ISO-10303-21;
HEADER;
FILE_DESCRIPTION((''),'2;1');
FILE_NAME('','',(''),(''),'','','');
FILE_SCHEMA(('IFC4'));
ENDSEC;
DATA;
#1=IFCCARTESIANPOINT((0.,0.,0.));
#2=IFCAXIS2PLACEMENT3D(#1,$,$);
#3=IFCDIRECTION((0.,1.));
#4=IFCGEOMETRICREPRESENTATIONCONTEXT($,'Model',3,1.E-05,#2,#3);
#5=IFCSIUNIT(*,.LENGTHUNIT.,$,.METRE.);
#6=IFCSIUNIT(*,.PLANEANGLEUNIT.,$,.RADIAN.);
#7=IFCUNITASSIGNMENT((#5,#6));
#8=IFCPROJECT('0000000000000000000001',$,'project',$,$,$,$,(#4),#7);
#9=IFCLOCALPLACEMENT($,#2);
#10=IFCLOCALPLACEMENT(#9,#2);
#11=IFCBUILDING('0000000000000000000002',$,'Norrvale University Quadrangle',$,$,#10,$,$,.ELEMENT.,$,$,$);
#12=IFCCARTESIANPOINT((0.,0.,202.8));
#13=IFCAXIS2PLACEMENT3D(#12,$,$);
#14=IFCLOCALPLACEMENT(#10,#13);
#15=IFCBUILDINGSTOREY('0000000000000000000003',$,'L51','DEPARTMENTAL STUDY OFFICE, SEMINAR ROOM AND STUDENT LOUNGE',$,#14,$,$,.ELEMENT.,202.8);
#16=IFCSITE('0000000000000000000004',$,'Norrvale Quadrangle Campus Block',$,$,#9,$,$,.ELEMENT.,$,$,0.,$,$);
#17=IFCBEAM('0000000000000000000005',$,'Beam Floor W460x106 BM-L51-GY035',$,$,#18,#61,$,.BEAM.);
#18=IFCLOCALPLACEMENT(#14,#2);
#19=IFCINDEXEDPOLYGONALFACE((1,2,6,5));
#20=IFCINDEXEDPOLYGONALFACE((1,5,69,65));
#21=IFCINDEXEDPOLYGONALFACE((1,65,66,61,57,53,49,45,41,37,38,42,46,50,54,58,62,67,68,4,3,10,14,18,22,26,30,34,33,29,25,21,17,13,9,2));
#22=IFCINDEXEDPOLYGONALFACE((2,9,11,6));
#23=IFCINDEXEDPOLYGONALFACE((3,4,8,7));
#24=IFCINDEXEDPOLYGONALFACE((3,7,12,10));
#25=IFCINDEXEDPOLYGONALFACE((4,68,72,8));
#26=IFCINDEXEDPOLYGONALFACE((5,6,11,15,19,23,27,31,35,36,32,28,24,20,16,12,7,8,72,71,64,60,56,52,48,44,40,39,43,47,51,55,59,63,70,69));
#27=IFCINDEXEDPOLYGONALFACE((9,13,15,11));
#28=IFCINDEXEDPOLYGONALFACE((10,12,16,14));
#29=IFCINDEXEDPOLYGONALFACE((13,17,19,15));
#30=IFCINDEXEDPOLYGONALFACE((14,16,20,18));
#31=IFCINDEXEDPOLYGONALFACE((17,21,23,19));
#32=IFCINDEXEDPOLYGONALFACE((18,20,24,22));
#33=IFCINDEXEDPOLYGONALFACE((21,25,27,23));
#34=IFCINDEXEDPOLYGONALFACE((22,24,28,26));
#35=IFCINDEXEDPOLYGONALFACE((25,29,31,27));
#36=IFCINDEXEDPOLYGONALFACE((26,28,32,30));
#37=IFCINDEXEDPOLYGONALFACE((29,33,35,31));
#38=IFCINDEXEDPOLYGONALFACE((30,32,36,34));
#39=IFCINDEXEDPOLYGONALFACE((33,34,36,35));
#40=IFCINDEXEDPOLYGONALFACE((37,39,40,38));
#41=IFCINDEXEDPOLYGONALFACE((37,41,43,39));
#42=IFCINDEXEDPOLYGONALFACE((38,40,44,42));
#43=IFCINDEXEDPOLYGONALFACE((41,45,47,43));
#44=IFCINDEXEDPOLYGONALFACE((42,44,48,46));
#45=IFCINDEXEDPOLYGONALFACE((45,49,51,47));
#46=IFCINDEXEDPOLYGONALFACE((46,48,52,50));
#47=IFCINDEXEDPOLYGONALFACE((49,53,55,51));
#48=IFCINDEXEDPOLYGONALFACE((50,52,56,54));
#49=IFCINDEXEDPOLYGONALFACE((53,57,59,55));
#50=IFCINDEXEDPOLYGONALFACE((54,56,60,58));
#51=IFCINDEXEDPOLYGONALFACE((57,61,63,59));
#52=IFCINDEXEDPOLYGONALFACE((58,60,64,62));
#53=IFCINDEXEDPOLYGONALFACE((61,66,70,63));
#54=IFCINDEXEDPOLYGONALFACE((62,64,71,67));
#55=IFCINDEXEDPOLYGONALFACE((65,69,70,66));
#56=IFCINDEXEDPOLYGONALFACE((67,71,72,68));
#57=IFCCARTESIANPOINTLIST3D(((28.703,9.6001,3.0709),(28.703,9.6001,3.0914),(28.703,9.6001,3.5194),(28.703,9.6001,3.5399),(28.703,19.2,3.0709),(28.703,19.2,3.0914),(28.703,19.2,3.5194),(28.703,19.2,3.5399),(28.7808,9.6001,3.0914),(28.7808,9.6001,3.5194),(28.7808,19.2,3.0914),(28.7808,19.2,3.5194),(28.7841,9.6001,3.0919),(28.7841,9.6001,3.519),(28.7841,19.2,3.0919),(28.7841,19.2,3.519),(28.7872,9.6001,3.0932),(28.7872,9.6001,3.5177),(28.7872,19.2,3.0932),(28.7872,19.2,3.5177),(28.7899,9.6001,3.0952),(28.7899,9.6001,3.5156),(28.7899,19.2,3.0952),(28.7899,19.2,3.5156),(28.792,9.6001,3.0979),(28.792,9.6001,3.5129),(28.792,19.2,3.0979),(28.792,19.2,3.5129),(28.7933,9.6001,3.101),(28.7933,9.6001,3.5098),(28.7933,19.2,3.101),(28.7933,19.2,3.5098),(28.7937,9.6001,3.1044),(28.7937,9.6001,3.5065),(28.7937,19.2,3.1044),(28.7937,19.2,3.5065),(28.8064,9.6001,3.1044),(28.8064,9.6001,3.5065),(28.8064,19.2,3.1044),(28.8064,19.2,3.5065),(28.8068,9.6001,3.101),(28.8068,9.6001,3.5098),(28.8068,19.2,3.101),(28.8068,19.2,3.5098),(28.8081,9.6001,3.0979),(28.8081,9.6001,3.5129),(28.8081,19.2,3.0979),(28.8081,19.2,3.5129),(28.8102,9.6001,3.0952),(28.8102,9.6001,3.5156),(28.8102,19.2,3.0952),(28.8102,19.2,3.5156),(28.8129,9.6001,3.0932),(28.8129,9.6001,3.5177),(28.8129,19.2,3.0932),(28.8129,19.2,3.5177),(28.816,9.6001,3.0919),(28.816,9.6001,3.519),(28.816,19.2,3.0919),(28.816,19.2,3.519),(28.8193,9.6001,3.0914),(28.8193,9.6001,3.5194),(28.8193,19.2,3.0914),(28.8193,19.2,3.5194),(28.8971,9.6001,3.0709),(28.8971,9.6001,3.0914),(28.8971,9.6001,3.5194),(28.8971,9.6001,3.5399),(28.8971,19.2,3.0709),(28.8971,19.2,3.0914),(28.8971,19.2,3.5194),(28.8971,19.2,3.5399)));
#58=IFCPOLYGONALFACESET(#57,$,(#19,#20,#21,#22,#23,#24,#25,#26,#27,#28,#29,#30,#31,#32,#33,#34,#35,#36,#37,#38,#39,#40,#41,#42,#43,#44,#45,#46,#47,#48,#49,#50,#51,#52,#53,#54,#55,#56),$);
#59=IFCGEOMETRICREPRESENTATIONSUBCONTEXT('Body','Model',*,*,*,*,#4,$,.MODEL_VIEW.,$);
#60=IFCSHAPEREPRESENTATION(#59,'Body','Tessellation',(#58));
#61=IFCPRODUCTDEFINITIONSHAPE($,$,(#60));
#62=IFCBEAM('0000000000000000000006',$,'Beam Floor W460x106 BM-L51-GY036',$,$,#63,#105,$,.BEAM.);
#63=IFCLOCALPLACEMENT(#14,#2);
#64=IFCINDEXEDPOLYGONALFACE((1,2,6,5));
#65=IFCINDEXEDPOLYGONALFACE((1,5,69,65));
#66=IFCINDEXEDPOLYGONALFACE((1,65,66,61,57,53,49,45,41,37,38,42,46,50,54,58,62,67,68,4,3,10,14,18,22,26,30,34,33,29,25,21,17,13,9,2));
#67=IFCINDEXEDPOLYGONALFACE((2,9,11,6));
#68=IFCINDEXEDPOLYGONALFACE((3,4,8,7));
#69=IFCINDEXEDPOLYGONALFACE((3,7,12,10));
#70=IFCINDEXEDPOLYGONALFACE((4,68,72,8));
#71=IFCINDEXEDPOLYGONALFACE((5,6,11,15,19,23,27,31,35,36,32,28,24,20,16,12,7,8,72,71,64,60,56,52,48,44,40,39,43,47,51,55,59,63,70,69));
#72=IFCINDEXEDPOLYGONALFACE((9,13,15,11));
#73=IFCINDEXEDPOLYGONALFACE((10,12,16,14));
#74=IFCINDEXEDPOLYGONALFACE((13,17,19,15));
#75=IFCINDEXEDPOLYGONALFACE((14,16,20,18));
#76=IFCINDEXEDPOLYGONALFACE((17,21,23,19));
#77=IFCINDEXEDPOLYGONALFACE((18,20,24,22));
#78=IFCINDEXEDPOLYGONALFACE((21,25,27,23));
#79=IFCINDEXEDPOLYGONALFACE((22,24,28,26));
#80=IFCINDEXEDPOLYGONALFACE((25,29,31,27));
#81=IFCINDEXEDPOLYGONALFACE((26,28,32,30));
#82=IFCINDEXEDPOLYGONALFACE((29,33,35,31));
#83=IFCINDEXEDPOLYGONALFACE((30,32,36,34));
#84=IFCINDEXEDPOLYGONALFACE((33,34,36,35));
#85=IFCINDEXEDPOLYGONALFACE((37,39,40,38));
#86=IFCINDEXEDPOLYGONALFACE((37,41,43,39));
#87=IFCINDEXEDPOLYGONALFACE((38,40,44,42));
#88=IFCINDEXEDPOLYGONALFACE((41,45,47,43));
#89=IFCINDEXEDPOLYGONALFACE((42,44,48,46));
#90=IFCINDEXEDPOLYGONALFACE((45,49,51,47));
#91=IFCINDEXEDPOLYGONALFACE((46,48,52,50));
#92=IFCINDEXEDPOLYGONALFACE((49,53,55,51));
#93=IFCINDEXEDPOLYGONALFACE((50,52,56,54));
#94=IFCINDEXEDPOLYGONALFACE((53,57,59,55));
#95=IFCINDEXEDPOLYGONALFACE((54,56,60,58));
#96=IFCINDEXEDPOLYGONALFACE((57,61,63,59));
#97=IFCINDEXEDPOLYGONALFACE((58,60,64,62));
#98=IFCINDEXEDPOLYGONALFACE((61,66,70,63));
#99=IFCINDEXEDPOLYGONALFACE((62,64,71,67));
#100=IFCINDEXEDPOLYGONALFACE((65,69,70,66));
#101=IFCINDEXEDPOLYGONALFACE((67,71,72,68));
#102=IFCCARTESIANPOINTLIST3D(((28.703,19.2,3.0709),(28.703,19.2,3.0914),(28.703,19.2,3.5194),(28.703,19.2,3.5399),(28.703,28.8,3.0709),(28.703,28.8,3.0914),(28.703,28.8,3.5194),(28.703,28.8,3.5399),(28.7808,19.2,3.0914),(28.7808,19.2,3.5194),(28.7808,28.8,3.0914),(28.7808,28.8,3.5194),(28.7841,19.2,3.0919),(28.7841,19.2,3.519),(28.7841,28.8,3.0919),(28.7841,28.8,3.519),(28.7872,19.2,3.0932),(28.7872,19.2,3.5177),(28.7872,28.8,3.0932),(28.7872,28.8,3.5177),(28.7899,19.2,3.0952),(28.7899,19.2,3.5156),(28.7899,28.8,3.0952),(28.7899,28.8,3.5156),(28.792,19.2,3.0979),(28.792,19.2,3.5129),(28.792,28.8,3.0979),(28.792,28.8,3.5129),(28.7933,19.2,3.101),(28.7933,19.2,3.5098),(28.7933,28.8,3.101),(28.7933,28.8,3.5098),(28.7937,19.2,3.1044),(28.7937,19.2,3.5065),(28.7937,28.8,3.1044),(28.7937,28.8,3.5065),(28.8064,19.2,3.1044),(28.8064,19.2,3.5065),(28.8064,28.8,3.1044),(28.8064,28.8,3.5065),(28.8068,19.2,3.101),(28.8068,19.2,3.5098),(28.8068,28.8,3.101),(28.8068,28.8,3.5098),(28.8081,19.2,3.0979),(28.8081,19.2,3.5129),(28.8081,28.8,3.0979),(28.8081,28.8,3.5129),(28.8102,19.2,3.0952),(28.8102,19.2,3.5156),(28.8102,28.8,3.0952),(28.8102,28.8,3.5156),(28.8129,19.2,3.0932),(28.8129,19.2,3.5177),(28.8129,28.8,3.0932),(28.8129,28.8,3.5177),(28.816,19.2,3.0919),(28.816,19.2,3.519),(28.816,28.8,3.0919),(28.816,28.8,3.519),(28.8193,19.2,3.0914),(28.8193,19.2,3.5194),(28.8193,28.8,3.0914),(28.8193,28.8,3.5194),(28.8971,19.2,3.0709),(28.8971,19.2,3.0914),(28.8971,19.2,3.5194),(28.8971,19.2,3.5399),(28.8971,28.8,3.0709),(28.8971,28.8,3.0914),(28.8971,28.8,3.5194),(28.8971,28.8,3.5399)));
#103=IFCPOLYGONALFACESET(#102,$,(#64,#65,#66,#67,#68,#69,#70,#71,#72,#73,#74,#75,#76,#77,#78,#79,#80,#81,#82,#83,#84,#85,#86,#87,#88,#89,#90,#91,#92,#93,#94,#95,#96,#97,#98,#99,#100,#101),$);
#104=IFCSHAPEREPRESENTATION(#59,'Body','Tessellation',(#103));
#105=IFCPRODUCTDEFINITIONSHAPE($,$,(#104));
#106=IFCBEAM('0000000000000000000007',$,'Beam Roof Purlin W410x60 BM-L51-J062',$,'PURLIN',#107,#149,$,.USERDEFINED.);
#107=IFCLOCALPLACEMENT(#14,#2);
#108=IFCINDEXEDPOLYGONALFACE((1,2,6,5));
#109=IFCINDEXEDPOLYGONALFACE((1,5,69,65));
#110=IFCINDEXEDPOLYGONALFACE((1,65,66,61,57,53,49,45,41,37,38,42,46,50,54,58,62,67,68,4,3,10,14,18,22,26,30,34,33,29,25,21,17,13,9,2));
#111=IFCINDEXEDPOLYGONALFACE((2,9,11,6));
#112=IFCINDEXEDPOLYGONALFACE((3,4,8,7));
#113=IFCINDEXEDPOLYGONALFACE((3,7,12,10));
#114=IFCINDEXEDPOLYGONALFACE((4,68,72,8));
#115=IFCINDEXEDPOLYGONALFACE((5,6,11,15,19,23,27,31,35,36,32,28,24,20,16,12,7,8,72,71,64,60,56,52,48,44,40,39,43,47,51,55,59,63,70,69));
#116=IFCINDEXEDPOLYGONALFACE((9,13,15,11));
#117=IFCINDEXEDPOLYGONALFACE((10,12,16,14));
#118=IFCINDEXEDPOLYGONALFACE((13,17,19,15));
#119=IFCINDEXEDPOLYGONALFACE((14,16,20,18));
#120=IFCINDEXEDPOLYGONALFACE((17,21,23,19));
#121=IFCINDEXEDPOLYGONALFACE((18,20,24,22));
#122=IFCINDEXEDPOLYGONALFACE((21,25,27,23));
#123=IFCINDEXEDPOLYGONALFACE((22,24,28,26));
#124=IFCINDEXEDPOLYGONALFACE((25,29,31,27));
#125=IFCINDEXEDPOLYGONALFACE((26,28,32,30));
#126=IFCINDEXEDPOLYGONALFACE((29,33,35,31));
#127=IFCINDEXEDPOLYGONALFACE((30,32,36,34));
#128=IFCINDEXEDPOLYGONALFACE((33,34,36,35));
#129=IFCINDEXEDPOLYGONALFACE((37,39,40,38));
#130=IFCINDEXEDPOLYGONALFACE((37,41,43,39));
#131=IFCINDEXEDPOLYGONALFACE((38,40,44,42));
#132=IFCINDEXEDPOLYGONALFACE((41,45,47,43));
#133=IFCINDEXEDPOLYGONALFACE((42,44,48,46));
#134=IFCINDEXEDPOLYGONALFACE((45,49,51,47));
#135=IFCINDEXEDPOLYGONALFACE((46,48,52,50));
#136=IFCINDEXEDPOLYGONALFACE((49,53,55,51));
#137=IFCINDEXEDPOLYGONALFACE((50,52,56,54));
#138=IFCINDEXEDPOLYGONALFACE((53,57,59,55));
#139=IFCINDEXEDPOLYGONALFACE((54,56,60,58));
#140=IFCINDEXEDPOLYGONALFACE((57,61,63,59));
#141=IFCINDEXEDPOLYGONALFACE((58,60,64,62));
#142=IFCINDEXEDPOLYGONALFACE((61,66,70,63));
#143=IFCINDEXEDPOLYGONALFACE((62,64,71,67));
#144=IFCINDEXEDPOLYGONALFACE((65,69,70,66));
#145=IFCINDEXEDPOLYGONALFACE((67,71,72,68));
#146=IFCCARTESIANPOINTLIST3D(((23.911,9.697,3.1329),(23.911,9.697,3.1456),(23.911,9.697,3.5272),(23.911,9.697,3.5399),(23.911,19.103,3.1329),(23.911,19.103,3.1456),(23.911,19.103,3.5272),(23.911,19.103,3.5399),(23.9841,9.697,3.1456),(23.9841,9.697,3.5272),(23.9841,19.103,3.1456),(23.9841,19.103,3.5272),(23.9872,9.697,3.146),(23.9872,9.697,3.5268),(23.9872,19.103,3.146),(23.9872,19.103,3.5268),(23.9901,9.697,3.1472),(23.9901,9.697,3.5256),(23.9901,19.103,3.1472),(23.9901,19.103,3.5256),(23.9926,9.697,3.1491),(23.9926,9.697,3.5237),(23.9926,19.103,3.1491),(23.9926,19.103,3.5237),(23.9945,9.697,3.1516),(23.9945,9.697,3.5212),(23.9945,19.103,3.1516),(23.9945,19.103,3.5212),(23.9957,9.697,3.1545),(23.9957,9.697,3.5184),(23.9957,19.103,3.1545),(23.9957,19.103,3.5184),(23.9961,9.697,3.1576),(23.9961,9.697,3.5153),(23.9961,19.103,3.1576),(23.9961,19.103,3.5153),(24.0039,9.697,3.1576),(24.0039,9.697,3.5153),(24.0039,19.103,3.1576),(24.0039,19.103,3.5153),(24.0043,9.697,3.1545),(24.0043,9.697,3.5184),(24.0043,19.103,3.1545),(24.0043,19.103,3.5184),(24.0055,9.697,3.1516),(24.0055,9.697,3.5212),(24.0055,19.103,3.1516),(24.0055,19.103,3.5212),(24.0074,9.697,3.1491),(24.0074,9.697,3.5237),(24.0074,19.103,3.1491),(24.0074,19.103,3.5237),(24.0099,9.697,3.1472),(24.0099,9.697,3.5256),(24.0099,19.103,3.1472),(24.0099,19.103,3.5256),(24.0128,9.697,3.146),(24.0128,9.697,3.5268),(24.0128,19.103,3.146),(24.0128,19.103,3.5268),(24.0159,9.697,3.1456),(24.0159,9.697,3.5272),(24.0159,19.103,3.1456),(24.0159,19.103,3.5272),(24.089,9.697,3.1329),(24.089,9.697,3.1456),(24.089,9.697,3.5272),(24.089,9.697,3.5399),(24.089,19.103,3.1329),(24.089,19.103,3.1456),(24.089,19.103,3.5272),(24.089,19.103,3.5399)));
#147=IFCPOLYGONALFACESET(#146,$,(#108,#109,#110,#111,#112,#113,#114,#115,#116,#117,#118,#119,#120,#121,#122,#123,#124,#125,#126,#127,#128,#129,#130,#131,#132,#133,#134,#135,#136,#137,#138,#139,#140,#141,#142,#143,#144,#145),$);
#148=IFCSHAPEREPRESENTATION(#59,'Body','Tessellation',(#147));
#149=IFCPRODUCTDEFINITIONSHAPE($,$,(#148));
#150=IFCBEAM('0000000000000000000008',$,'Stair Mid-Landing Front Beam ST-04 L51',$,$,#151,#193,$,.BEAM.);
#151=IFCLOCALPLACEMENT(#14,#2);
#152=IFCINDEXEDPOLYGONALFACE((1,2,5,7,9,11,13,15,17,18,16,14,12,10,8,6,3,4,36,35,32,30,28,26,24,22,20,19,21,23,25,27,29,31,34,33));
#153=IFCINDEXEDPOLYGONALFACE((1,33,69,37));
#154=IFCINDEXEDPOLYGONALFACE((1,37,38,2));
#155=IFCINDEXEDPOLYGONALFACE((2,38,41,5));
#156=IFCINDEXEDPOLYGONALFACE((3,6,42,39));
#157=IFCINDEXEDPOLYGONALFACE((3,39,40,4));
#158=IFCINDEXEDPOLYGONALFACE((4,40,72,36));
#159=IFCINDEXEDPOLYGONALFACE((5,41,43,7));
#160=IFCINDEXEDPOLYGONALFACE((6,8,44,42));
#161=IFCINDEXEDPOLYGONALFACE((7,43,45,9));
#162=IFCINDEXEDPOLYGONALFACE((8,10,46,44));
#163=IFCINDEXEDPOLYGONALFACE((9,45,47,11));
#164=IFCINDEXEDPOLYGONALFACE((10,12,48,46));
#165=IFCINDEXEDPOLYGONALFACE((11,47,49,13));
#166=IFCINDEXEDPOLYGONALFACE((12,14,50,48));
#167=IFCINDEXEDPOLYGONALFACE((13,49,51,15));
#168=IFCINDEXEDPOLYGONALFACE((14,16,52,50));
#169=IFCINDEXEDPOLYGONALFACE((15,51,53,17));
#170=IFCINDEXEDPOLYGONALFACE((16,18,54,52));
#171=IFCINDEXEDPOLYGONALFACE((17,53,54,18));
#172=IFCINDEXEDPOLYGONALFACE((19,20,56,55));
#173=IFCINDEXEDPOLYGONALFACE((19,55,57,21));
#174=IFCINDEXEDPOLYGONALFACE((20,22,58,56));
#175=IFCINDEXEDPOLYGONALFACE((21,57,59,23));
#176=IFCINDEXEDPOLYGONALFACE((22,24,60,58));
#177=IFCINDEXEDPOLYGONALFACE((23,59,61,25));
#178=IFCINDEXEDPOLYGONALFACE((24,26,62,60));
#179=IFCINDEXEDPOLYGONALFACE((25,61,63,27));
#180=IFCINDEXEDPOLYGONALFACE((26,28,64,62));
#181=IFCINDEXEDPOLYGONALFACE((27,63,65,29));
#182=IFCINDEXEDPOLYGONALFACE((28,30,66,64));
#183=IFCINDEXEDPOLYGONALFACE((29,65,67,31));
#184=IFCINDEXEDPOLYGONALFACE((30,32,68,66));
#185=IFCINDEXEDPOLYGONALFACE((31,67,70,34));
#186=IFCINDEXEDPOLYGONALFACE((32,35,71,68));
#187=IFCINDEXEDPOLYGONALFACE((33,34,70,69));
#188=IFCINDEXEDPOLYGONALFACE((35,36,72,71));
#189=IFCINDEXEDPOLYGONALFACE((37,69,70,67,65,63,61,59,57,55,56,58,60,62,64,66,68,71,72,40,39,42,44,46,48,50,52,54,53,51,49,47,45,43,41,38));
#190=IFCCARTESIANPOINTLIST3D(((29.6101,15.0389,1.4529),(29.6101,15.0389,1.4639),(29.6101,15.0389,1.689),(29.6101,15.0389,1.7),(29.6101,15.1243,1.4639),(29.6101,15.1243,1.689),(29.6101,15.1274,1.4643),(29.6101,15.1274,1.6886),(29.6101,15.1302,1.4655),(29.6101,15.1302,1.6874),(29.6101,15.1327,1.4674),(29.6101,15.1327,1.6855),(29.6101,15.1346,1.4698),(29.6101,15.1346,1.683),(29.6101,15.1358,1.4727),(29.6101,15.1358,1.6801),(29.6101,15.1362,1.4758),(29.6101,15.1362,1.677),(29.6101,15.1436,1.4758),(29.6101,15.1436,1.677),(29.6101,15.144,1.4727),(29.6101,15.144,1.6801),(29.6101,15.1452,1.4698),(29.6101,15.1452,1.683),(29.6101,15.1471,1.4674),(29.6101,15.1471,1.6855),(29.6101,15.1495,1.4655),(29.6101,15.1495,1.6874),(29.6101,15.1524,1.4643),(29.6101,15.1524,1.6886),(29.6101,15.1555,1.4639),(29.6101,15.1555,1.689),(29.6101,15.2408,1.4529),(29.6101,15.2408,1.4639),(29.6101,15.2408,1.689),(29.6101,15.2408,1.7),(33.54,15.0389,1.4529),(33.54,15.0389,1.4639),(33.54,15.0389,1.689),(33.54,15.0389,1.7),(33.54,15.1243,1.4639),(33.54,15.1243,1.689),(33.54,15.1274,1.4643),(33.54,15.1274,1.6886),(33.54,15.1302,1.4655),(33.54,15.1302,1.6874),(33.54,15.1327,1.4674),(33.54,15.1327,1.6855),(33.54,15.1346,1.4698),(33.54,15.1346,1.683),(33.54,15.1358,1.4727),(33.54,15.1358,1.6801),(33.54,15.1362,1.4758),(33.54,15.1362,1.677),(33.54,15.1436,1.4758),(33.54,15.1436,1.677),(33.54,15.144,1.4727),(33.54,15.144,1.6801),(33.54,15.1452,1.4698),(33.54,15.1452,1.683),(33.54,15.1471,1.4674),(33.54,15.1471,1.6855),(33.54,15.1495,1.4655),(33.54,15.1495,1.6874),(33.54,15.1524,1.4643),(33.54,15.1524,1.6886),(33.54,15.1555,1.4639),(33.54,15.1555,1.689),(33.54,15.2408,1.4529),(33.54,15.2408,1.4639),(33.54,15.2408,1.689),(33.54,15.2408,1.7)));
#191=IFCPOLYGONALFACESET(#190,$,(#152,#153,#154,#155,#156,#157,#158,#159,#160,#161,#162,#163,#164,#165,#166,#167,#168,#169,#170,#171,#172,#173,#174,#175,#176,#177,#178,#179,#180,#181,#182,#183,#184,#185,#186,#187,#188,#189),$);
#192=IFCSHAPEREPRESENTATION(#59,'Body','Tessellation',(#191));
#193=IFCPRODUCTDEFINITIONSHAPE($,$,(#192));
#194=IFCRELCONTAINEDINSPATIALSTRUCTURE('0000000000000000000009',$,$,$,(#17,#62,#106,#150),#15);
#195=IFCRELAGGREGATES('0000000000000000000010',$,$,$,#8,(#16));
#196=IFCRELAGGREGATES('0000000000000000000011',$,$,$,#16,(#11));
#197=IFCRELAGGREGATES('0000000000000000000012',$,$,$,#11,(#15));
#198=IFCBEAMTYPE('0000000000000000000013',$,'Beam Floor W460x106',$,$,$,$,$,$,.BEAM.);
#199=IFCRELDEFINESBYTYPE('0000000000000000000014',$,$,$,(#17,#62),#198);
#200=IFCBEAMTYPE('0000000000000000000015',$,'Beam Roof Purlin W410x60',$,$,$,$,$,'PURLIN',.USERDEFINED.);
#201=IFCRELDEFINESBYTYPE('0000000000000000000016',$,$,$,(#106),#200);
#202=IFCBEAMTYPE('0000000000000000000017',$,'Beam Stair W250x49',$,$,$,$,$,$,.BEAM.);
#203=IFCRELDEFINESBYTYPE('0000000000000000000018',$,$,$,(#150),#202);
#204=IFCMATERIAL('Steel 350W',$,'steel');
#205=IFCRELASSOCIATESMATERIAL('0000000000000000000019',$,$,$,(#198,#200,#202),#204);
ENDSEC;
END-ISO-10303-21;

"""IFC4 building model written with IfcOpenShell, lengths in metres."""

from ifc_helpers import new_model, si_unit, direction, frame, origin, origin_2d, place, context, subcontext, project, spatial, i_section, extrude, material, material_profile, profile_set, type_object, element, save


model = new_model("IFC4")

# Units and contexts
model_context = context("Model", 3, precision=1e-05, world=origin(), true_north=direction((0.0, 1.0)))
body_context = subcontext(model_context, "Body", "Model", "MODEL_VIEW")
ifc_project = project(units=[si_unit("LENGTHUNIT", "METRE"), si_unit("PLANEANGLEUNIT", "RADIAN")], contexts=[model_context])

# Site, building, storey
site_placement = place(None, origin())
site = spatial("IfcSite", under=ifc_project, at=site_placement, Name="Norrvale Quadrangle Campus Block", CompositionType="ELEMENT", RefElevation=0.0)
building_placement = place(site_placement, origin())
building = spatial("IfcBuilding", under=site, at=building_placement, Name="Norrvale University Quadrangle", CompositionType="ELEMENT")
storey_placement = place(building_placement, frame((0.0, 0.0, 202.8)))
storey = spatial("IfcBuildingStorey", under=building, at=storey_placement, Name="L51", Description="DEPARTMENTAL STUDY OFFICE, SEMINAR ROOM AND STUDENT LOUNGE", CompositionType="ELEMENT", Elevation=202.8)

# Beams
ifc_material_1 = material(Name="Steel 350W", Category="steel")
ifc_material_profile_1 = material_profile(ifc_material_1, i_section(OverallWidth=0.1941, OverallDepth=0.469, WebThickness=0.0127, FlangeThickness=0.0205, FilletRadius=0.0129, at=origin_2d()), Name="Steel 350W")
ifc_profile_set_1 = profile_set([ifc_material_profile_1], Name="Steel 350W")
beam_type_1 = type_object("IfcBeamType", Name="Beam Floor W460x106", PredefinedType="BEAM", material=ifc_profile_set_1)
beam_1_placement = place(storey_placement, frame((28.8, 9.6001, 3.3054), z_axis=(0.0, 1.0, 0.0), x_axis=(-1.0, 0.0, 0.0)))
element("IfcBeam", 1, at=beam_1_placement, inside=storey, type_object=beam_type_1, Name="Beam Floor W460x106 BM-L51-GY035", PredefinedType="BEAM", context=body_context, shape_type="SweptSolid", body=[
    extrude(i_section(OverallWidth=0.1941, OverallDepth=0.469, WebThickness=0.0127, FlangeThickness=0.0205, FilletRadius=0.0129, at=origin_2d()), origin(), (0.0, 0.0, 1.0), 9.5999),
])
beam_2_placement = place(storey_placement, frame((28.8, 19.2, 3.3054), z_axis=(0.0, 1.0, 0.0), x_axis=(-1.0, 0.0, 0.0)))
element("IfcBeam", 2, at=beam_2_placement, inside=storey, type_object=beam_type_1, Name="Beam Floor W460x106 BM-L51-GY036", PredefinedType="BEAM", context=body_context, shape_type="SweptSolid", body=[
    extrude(i_section(OverallWidth=0.1941, OverallDepth=0.469, WebThickness=0.0127, FlangeThickness=0.0205, FilletRadius=0.0129, at=origin_2d()), origin(), (0.0, 0.0, 1.0), 9.6001),
])
ifc_material_profile_2 = material_profile(ifc_material_1, i_section(OverallWidth=0.178, OverallDepth=0.407, WebThickness=0.0078, FlangeThickness=0.0127, FilletRadius=0.012, at=origin_2d()), Name="Steel 350W")
ifc_profile_set_2 = profile_set([ifc_material_profile_2], Name="Steel 350W")
beam_type_2 = type_object("IfcBeamType", Name="Beam Roof Purlin W410x60", ElementType="PURLIN", PredefinedType="USERDEFINED", material=ifc_profile_set_2)
beam_3_placement = place(storey_placement, frame((24.0, 9.697, 3.3364), z_axis=(0.0, 1.0, 0.0), x_axis=(-1.0, 0.0, 0.0)))
element("IfcBeam", 3, at=beam_3_placement, inside=storey, type_object=beam_type_2, Name="Beam Roof Purlin W410x60 BM-L51-J062", ObjectType="PURLIN", PredefinedType="USERDEFINED", context=body_context, shape_type="SweptSolid", body=[
    extrude(i_section(OverallWidth=0.178, OverallDepth=0.407, WebThickness=0.0078, FlangeThickness=0.0127, FilletRadius=0.012, at=origin_2d()), origin(), (0.0, 0.0, 1.0), 9.406),
])
ifc_material_profile_3 = material_profile(ifc_material_1, i_section(OverallWidth=0.2019, OverallDepth=0.2471, WebThickness=0.0073, FlangeThickness=0.011, FilletRadius=0.012, at=origin_2d()), Name="Steel 350W")
ifc_profile_set_3 = profile_set([ifc_material_profile_3], Name="Steel 350W")
beam_type_3 = type_object("IfcBeamType", Name="Beam Stair W250x49", PredefinedType="BEAM", material=ifc_profile_set_3)
for number, where, z_axis, x_axis, name in (
    (4, (29.6101, 15.1399, 1.5764), (1.0, 0.0, 0.0), (0.0, 1.0, 0.0), "Stair Mid-Landing Front Beam ST-04 L51"),
):
    element("IfcBeam", number, at=place(storey_placement, frame(where, z_axis=z_axis, x_axis=x_axis)), inside=storey, type_object=beam_type_3, Name=name, PredefinedType="BEAM", context=body_context, shape_type="SweptSolid", body=[
        extrude(i_section(OverallWidth=0.2019, OverallDepth=0.2471, WebThickness=0.0073, FlangeThickness=0.011, FilletRadius=0.012, at=origin_2d()), origin(), (0.0, 0.0, 1.0), 3.9299),
    ])

save(model, "model.ifc")
